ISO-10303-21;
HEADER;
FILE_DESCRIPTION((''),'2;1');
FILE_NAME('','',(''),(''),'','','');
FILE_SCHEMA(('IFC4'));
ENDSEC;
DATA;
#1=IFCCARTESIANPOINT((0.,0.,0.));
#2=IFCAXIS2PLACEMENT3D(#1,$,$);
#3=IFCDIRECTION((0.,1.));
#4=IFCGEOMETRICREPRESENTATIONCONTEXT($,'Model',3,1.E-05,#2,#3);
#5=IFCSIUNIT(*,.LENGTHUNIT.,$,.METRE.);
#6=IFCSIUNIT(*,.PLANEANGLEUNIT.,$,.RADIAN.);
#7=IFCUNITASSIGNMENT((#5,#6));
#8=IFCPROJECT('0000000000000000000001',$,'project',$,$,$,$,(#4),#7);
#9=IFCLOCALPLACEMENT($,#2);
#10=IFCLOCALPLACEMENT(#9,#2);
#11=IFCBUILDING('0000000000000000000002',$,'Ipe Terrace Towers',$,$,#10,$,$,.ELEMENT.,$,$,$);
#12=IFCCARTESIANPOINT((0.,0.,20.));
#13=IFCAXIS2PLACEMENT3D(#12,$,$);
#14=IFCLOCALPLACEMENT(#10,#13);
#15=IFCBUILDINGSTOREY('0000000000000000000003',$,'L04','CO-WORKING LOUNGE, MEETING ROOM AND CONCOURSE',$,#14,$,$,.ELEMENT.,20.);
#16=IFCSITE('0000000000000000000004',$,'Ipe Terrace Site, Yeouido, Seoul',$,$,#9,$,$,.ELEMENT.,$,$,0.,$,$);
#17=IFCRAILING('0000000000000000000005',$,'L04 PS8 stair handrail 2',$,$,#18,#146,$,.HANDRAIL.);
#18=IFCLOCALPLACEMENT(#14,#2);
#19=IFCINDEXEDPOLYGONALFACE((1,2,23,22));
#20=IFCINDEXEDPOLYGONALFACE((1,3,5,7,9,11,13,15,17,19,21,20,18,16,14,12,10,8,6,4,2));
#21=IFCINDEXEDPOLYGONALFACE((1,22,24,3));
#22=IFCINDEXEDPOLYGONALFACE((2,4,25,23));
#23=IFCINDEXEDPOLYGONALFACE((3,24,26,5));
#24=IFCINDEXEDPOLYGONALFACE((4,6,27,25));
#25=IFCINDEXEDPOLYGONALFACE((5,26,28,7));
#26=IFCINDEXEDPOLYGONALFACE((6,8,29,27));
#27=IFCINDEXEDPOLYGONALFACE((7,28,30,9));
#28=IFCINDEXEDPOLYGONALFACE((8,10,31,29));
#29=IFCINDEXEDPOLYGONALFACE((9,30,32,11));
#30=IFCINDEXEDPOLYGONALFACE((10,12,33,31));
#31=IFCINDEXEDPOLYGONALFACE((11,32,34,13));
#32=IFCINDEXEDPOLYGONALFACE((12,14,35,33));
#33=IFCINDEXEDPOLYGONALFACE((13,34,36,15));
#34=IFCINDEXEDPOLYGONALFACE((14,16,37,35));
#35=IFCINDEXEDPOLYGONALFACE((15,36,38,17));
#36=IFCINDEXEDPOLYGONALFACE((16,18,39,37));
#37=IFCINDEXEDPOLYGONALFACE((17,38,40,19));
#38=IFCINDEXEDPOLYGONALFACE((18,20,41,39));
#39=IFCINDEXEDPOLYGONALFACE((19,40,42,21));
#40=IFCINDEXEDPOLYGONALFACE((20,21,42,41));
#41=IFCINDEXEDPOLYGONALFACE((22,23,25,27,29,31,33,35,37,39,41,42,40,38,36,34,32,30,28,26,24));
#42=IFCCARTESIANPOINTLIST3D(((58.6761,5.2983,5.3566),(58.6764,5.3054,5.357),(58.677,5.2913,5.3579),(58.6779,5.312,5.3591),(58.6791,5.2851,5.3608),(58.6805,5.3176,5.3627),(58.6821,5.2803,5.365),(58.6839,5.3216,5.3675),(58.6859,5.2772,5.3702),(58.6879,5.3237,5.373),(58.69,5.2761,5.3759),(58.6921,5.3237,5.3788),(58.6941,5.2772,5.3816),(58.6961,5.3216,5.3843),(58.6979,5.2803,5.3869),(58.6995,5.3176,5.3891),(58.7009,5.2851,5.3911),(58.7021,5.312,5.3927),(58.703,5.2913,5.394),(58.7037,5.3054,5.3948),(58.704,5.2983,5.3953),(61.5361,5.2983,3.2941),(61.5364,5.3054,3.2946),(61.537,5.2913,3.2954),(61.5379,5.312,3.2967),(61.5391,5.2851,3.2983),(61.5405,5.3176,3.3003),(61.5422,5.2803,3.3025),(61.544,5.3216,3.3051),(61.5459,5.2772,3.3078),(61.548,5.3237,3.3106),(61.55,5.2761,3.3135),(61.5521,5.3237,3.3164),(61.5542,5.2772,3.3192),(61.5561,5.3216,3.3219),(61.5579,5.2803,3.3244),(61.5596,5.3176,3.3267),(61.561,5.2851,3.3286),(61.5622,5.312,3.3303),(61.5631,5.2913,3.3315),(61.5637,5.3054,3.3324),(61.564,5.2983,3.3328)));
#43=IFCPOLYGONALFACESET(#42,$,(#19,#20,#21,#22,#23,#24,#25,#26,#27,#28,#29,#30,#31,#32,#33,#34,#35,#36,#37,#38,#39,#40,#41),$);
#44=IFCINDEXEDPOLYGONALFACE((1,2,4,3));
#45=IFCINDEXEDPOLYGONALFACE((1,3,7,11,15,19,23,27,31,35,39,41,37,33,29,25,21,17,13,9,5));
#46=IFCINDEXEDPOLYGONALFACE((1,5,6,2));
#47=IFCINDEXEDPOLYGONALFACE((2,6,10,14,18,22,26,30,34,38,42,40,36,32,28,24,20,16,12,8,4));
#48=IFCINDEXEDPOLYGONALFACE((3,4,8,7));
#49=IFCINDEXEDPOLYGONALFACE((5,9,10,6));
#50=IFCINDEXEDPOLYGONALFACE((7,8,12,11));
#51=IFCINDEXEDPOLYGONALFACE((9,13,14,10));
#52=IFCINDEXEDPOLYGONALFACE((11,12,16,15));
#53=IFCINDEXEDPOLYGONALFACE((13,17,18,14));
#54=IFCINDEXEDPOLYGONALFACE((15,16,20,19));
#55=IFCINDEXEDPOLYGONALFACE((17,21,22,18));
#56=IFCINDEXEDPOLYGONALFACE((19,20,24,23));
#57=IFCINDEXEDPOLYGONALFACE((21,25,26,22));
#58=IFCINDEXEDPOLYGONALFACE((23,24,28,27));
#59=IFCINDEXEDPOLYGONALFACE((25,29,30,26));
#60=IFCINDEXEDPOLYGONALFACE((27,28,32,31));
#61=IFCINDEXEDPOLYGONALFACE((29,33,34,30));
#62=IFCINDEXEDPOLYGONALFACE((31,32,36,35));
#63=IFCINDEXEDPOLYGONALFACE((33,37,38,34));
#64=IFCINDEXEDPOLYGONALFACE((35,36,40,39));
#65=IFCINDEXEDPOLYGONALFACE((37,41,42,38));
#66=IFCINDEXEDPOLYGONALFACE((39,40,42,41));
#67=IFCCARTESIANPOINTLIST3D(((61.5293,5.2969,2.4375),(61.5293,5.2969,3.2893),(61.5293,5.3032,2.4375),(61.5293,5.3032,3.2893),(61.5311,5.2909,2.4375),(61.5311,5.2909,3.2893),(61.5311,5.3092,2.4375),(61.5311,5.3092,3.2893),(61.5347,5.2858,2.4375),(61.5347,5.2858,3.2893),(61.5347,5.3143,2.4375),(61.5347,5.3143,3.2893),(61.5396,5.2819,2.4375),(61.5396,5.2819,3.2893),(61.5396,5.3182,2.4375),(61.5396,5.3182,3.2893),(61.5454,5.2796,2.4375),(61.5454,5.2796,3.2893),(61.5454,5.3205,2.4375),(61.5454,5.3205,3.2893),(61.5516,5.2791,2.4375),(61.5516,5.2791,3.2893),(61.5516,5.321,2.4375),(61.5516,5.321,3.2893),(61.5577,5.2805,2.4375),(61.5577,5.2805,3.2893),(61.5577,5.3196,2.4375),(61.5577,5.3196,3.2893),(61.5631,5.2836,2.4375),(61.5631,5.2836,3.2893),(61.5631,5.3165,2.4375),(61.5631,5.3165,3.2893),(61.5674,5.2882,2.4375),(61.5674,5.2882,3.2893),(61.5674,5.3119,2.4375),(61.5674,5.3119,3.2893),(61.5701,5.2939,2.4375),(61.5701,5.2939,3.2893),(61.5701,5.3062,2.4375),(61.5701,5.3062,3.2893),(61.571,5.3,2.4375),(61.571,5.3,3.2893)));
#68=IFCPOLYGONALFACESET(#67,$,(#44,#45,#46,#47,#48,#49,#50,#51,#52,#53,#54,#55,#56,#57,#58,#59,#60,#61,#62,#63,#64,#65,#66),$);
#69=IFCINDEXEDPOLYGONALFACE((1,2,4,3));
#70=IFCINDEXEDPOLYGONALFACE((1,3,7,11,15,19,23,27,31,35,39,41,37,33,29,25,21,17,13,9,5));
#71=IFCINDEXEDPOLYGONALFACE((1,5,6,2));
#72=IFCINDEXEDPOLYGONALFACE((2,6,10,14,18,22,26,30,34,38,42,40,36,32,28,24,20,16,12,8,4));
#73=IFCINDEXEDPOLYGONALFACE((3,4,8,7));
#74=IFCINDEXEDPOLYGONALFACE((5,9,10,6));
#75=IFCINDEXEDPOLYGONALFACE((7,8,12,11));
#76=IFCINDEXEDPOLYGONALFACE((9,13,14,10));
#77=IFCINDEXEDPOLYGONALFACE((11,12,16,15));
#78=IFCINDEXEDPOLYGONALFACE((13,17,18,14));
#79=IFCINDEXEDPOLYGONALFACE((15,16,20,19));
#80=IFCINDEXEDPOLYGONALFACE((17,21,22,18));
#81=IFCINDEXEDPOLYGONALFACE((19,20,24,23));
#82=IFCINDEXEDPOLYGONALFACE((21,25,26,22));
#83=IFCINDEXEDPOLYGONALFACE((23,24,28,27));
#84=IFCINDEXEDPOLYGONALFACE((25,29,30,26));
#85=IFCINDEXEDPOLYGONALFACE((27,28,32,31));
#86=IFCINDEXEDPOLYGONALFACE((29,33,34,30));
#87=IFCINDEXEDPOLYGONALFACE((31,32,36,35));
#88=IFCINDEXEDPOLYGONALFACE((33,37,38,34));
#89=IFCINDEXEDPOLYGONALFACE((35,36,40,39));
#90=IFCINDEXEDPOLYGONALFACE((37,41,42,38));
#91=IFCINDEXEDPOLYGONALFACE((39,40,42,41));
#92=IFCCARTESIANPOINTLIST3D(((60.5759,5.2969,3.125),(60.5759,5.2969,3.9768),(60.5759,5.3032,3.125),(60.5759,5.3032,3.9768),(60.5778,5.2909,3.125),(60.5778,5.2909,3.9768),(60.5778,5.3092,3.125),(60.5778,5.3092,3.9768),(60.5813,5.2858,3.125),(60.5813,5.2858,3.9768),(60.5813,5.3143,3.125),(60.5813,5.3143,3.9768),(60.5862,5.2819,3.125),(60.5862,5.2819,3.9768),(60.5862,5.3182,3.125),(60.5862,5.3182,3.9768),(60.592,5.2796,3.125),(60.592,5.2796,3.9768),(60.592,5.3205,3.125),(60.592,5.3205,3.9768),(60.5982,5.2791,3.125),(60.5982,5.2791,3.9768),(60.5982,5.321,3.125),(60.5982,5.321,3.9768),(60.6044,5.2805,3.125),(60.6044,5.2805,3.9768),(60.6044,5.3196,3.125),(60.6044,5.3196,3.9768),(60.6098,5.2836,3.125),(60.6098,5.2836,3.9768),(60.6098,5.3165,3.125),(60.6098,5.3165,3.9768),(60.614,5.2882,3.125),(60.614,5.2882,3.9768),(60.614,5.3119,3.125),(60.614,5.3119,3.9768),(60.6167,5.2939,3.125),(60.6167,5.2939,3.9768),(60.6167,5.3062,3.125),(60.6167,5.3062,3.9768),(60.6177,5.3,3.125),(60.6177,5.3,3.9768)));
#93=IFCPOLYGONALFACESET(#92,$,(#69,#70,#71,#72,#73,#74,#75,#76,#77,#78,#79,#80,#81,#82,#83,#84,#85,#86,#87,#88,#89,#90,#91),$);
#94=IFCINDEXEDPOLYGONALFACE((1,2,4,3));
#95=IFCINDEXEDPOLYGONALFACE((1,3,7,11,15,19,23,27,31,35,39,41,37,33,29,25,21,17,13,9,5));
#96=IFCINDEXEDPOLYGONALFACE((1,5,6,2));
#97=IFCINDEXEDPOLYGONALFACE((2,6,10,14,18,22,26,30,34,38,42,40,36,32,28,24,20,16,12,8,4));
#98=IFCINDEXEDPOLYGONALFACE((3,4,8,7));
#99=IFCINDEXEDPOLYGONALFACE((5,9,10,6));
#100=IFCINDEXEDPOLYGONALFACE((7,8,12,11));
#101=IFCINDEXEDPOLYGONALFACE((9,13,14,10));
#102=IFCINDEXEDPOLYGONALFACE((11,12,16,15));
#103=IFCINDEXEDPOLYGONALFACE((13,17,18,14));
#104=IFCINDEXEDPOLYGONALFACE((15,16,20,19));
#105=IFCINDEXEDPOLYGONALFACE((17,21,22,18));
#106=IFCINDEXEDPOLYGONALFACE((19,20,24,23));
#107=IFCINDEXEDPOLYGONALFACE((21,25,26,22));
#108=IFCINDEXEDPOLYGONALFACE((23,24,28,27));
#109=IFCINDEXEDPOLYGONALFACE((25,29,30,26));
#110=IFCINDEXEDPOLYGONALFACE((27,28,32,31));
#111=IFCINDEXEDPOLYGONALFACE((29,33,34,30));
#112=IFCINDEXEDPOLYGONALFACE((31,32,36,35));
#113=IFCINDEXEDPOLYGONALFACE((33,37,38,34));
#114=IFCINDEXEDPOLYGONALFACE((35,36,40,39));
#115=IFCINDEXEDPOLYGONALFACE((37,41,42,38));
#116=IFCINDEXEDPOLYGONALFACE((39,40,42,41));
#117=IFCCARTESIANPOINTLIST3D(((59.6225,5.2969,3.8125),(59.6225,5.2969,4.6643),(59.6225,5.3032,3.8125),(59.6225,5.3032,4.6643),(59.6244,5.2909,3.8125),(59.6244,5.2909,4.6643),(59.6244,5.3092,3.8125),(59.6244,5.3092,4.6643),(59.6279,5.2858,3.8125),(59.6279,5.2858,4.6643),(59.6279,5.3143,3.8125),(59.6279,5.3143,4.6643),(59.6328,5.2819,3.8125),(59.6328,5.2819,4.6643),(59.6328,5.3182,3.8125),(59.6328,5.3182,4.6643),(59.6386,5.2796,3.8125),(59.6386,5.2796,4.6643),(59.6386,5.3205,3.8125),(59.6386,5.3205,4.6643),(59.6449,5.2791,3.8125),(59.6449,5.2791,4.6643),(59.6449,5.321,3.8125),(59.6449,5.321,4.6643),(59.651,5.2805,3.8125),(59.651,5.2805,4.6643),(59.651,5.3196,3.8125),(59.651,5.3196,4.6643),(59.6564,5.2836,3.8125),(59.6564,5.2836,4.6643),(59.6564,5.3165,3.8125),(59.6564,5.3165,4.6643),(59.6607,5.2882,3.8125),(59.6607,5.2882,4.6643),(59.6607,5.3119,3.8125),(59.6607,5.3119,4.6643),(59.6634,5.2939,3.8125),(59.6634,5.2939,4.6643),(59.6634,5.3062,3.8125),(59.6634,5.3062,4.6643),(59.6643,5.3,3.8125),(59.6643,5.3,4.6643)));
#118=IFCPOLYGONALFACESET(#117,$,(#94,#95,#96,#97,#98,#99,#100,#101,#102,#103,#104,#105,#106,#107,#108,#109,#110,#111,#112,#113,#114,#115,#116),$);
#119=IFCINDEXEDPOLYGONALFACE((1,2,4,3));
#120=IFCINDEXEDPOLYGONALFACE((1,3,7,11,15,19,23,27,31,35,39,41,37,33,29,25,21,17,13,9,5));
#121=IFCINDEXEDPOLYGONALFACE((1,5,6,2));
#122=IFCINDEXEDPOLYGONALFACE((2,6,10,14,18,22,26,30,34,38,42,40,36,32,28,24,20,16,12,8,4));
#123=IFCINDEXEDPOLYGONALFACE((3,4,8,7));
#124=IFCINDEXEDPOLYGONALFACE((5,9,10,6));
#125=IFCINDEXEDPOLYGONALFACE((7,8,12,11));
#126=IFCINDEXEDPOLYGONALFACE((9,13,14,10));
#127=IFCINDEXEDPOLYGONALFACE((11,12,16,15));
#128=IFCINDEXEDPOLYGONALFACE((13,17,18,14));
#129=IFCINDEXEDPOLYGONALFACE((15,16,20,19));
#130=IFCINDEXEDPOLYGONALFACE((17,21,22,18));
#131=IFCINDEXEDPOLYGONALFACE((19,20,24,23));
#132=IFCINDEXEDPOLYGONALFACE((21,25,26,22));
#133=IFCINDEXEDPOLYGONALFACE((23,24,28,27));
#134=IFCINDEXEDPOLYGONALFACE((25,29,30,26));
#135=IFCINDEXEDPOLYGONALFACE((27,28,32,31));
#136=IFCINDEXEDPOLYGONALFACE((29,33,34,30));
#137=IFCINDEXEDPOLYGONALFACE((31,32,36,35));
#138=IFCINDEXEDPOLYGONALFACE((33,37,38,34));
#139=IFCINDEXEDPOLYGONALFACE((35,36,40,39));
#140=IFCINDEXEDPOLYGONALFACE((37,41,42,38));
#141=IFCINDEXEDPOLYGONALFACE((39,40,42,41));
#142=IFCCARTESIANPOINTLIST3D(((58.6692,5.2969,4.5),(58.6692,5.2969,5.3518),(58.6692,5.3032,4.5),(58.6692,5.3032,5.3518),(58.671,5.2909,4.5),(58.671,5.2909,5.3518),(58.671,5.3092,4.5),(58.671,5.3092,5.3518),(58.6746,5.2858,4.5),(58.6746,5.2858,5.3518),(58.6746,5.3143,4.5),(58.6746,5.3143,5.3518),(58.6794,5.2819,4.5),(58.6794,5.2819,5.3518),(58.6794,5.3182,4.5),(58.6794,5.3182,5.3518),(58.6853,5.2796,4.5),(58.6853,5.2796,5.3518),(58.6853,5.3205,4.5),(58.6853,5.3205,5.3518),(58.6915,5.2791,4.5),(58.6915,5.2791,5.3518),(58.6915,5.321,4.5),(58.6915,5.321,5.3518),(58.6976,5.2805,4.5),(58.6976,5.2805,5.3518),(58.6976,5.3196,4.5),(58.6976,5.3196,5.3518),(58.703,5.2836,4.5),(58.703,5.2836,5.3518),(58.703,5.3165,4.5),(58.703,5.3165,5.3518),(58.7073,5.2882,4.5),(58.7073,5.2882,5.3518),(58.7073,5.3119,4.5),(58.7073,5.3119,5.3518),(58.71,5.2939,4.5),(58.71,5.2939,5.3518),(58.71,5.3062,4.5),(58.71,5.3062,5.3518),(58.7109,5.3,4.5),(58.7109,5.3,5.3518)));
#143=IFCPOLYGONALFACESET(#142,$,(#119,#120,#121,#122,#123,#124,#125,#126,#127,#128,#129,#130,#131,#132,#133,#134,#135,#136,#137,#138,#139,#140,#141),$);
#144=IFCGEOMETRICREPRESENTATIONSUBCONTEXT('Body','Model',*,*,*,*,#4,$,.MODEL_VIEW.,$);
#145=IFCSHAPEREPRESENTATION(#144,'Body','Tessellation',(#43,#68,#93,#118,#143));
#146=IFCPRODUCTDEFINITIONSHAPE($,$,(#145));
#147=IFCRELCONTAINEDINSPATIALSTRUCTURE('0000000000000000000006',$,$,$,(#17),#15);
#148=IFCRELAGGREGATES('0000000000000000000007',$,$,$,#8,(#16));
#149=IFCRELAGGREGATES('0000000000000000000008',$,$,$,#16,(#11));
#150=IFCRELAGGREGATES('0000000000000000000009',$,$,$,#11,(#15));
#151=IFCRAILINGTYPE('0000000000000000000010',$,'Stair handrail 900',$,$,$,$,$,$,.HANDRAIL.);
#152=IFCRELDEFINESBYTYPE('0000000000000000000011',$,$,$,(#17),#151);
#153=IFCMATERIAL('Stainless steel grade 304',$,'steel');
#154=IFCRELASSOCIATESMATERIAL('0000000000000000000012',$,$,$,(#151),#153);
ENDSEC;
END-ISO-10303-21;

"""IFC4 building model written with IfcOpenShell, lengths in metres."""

from ifc_helpers import new_model, si_unit, direction, frame, origin, origin_2d, place, context, subcontext, project, spatial, circle, extrude, material, type_object, element, save


model = new_model("IFC4")

# Units and contexts
model_context = context("Model", 3, precision=1e-05, world=origin(), true_north=direction((0.0, 1.0)))
body_context = subcontext(model_context, "Body", "Model", "MODEL_VIEW")
ifc_project = project(units=[si_unit("LENGTHUNIT", "METRE"), si_unit("PLANEANGLEUNIT", "RADIAN")], contexts=[model_context])

# Site, building, storey
site_placement = place(None, origin())
site = spatial("IfcSite", under=ifc_project, at=site_placement, Name="Ipe Terrace Site, Yeouido, Seoul", CompositionType="ELEMENT", RefElevation=0.0)
building_placement = place(site_placement, origin())
building = spatial("IfcBuilding", under=site, at=building_placement, Name="Ipe Terrace Towers", CompositionType="ELEMENT")
storey_placement = place(building_placement, frame((0.0, 0.0, 20.0)))
storey = spatial("IfcBuildingStorey", under=building, at=storey_placement, Name="L04", Description="CO-WORKING LOUNGE, MEETING ROOM AND CONCOURSE", CompositionType="ELEMENT", Elevation=20.0)

# Railing
ifc_material_1 = material(Name="Stainless steel grade 304", Category="steel")
railing_type_1 = type_object("IfcRailingType", Name="Stair handrail 900", PredefinedType="HANDRAIL", material=ifc_material_1)
railing_1_placement = place(storey_placement, frame((61.55, 5.3, 2.4375)))
element("IfcRailing", 1, at=railing_1_placement, inside=storey, type_object=railing_type_1, Name="L04 PS8 stair handrail 2", PredefinedType="HANDRAIL", context=body_context, shape_type="SweptSolid", body=[
    extrude(circle(Radius=0.0239, at=origin_2d()), frame((0.0, 0.0, 0.876), z_axis=(-0.811101, 0.0, 0.584906), x_axis=(0.0, -1.0, 0.0)), (0.0, 0.0, 1.0), 3.5261),
    extrude(circle(Radius=0.021, at=origin_2d()), origin(), (0.0, 0.0, 1.0), 0.8518),
    extrude(circle(Radius=0.021, at=origin_2d()), frame((-0.9534, 0.0, 0.6875)), (0.0, 0.0, 1.0), 0.8518),
    extrude(circle(Radius=0.021, at=origin_2d()), frame((-1.9067, 0.0, 1.375)), (0.0, 0.0, 1.0), 0.8518),
    extrude(circle(Radius=0.021, at=origin_2d()), frame((-2.8601, 0.0, 2.0625)), (0.0, 0.0, 1.0), 0.8518),
])

save(model, "model.ifc")
